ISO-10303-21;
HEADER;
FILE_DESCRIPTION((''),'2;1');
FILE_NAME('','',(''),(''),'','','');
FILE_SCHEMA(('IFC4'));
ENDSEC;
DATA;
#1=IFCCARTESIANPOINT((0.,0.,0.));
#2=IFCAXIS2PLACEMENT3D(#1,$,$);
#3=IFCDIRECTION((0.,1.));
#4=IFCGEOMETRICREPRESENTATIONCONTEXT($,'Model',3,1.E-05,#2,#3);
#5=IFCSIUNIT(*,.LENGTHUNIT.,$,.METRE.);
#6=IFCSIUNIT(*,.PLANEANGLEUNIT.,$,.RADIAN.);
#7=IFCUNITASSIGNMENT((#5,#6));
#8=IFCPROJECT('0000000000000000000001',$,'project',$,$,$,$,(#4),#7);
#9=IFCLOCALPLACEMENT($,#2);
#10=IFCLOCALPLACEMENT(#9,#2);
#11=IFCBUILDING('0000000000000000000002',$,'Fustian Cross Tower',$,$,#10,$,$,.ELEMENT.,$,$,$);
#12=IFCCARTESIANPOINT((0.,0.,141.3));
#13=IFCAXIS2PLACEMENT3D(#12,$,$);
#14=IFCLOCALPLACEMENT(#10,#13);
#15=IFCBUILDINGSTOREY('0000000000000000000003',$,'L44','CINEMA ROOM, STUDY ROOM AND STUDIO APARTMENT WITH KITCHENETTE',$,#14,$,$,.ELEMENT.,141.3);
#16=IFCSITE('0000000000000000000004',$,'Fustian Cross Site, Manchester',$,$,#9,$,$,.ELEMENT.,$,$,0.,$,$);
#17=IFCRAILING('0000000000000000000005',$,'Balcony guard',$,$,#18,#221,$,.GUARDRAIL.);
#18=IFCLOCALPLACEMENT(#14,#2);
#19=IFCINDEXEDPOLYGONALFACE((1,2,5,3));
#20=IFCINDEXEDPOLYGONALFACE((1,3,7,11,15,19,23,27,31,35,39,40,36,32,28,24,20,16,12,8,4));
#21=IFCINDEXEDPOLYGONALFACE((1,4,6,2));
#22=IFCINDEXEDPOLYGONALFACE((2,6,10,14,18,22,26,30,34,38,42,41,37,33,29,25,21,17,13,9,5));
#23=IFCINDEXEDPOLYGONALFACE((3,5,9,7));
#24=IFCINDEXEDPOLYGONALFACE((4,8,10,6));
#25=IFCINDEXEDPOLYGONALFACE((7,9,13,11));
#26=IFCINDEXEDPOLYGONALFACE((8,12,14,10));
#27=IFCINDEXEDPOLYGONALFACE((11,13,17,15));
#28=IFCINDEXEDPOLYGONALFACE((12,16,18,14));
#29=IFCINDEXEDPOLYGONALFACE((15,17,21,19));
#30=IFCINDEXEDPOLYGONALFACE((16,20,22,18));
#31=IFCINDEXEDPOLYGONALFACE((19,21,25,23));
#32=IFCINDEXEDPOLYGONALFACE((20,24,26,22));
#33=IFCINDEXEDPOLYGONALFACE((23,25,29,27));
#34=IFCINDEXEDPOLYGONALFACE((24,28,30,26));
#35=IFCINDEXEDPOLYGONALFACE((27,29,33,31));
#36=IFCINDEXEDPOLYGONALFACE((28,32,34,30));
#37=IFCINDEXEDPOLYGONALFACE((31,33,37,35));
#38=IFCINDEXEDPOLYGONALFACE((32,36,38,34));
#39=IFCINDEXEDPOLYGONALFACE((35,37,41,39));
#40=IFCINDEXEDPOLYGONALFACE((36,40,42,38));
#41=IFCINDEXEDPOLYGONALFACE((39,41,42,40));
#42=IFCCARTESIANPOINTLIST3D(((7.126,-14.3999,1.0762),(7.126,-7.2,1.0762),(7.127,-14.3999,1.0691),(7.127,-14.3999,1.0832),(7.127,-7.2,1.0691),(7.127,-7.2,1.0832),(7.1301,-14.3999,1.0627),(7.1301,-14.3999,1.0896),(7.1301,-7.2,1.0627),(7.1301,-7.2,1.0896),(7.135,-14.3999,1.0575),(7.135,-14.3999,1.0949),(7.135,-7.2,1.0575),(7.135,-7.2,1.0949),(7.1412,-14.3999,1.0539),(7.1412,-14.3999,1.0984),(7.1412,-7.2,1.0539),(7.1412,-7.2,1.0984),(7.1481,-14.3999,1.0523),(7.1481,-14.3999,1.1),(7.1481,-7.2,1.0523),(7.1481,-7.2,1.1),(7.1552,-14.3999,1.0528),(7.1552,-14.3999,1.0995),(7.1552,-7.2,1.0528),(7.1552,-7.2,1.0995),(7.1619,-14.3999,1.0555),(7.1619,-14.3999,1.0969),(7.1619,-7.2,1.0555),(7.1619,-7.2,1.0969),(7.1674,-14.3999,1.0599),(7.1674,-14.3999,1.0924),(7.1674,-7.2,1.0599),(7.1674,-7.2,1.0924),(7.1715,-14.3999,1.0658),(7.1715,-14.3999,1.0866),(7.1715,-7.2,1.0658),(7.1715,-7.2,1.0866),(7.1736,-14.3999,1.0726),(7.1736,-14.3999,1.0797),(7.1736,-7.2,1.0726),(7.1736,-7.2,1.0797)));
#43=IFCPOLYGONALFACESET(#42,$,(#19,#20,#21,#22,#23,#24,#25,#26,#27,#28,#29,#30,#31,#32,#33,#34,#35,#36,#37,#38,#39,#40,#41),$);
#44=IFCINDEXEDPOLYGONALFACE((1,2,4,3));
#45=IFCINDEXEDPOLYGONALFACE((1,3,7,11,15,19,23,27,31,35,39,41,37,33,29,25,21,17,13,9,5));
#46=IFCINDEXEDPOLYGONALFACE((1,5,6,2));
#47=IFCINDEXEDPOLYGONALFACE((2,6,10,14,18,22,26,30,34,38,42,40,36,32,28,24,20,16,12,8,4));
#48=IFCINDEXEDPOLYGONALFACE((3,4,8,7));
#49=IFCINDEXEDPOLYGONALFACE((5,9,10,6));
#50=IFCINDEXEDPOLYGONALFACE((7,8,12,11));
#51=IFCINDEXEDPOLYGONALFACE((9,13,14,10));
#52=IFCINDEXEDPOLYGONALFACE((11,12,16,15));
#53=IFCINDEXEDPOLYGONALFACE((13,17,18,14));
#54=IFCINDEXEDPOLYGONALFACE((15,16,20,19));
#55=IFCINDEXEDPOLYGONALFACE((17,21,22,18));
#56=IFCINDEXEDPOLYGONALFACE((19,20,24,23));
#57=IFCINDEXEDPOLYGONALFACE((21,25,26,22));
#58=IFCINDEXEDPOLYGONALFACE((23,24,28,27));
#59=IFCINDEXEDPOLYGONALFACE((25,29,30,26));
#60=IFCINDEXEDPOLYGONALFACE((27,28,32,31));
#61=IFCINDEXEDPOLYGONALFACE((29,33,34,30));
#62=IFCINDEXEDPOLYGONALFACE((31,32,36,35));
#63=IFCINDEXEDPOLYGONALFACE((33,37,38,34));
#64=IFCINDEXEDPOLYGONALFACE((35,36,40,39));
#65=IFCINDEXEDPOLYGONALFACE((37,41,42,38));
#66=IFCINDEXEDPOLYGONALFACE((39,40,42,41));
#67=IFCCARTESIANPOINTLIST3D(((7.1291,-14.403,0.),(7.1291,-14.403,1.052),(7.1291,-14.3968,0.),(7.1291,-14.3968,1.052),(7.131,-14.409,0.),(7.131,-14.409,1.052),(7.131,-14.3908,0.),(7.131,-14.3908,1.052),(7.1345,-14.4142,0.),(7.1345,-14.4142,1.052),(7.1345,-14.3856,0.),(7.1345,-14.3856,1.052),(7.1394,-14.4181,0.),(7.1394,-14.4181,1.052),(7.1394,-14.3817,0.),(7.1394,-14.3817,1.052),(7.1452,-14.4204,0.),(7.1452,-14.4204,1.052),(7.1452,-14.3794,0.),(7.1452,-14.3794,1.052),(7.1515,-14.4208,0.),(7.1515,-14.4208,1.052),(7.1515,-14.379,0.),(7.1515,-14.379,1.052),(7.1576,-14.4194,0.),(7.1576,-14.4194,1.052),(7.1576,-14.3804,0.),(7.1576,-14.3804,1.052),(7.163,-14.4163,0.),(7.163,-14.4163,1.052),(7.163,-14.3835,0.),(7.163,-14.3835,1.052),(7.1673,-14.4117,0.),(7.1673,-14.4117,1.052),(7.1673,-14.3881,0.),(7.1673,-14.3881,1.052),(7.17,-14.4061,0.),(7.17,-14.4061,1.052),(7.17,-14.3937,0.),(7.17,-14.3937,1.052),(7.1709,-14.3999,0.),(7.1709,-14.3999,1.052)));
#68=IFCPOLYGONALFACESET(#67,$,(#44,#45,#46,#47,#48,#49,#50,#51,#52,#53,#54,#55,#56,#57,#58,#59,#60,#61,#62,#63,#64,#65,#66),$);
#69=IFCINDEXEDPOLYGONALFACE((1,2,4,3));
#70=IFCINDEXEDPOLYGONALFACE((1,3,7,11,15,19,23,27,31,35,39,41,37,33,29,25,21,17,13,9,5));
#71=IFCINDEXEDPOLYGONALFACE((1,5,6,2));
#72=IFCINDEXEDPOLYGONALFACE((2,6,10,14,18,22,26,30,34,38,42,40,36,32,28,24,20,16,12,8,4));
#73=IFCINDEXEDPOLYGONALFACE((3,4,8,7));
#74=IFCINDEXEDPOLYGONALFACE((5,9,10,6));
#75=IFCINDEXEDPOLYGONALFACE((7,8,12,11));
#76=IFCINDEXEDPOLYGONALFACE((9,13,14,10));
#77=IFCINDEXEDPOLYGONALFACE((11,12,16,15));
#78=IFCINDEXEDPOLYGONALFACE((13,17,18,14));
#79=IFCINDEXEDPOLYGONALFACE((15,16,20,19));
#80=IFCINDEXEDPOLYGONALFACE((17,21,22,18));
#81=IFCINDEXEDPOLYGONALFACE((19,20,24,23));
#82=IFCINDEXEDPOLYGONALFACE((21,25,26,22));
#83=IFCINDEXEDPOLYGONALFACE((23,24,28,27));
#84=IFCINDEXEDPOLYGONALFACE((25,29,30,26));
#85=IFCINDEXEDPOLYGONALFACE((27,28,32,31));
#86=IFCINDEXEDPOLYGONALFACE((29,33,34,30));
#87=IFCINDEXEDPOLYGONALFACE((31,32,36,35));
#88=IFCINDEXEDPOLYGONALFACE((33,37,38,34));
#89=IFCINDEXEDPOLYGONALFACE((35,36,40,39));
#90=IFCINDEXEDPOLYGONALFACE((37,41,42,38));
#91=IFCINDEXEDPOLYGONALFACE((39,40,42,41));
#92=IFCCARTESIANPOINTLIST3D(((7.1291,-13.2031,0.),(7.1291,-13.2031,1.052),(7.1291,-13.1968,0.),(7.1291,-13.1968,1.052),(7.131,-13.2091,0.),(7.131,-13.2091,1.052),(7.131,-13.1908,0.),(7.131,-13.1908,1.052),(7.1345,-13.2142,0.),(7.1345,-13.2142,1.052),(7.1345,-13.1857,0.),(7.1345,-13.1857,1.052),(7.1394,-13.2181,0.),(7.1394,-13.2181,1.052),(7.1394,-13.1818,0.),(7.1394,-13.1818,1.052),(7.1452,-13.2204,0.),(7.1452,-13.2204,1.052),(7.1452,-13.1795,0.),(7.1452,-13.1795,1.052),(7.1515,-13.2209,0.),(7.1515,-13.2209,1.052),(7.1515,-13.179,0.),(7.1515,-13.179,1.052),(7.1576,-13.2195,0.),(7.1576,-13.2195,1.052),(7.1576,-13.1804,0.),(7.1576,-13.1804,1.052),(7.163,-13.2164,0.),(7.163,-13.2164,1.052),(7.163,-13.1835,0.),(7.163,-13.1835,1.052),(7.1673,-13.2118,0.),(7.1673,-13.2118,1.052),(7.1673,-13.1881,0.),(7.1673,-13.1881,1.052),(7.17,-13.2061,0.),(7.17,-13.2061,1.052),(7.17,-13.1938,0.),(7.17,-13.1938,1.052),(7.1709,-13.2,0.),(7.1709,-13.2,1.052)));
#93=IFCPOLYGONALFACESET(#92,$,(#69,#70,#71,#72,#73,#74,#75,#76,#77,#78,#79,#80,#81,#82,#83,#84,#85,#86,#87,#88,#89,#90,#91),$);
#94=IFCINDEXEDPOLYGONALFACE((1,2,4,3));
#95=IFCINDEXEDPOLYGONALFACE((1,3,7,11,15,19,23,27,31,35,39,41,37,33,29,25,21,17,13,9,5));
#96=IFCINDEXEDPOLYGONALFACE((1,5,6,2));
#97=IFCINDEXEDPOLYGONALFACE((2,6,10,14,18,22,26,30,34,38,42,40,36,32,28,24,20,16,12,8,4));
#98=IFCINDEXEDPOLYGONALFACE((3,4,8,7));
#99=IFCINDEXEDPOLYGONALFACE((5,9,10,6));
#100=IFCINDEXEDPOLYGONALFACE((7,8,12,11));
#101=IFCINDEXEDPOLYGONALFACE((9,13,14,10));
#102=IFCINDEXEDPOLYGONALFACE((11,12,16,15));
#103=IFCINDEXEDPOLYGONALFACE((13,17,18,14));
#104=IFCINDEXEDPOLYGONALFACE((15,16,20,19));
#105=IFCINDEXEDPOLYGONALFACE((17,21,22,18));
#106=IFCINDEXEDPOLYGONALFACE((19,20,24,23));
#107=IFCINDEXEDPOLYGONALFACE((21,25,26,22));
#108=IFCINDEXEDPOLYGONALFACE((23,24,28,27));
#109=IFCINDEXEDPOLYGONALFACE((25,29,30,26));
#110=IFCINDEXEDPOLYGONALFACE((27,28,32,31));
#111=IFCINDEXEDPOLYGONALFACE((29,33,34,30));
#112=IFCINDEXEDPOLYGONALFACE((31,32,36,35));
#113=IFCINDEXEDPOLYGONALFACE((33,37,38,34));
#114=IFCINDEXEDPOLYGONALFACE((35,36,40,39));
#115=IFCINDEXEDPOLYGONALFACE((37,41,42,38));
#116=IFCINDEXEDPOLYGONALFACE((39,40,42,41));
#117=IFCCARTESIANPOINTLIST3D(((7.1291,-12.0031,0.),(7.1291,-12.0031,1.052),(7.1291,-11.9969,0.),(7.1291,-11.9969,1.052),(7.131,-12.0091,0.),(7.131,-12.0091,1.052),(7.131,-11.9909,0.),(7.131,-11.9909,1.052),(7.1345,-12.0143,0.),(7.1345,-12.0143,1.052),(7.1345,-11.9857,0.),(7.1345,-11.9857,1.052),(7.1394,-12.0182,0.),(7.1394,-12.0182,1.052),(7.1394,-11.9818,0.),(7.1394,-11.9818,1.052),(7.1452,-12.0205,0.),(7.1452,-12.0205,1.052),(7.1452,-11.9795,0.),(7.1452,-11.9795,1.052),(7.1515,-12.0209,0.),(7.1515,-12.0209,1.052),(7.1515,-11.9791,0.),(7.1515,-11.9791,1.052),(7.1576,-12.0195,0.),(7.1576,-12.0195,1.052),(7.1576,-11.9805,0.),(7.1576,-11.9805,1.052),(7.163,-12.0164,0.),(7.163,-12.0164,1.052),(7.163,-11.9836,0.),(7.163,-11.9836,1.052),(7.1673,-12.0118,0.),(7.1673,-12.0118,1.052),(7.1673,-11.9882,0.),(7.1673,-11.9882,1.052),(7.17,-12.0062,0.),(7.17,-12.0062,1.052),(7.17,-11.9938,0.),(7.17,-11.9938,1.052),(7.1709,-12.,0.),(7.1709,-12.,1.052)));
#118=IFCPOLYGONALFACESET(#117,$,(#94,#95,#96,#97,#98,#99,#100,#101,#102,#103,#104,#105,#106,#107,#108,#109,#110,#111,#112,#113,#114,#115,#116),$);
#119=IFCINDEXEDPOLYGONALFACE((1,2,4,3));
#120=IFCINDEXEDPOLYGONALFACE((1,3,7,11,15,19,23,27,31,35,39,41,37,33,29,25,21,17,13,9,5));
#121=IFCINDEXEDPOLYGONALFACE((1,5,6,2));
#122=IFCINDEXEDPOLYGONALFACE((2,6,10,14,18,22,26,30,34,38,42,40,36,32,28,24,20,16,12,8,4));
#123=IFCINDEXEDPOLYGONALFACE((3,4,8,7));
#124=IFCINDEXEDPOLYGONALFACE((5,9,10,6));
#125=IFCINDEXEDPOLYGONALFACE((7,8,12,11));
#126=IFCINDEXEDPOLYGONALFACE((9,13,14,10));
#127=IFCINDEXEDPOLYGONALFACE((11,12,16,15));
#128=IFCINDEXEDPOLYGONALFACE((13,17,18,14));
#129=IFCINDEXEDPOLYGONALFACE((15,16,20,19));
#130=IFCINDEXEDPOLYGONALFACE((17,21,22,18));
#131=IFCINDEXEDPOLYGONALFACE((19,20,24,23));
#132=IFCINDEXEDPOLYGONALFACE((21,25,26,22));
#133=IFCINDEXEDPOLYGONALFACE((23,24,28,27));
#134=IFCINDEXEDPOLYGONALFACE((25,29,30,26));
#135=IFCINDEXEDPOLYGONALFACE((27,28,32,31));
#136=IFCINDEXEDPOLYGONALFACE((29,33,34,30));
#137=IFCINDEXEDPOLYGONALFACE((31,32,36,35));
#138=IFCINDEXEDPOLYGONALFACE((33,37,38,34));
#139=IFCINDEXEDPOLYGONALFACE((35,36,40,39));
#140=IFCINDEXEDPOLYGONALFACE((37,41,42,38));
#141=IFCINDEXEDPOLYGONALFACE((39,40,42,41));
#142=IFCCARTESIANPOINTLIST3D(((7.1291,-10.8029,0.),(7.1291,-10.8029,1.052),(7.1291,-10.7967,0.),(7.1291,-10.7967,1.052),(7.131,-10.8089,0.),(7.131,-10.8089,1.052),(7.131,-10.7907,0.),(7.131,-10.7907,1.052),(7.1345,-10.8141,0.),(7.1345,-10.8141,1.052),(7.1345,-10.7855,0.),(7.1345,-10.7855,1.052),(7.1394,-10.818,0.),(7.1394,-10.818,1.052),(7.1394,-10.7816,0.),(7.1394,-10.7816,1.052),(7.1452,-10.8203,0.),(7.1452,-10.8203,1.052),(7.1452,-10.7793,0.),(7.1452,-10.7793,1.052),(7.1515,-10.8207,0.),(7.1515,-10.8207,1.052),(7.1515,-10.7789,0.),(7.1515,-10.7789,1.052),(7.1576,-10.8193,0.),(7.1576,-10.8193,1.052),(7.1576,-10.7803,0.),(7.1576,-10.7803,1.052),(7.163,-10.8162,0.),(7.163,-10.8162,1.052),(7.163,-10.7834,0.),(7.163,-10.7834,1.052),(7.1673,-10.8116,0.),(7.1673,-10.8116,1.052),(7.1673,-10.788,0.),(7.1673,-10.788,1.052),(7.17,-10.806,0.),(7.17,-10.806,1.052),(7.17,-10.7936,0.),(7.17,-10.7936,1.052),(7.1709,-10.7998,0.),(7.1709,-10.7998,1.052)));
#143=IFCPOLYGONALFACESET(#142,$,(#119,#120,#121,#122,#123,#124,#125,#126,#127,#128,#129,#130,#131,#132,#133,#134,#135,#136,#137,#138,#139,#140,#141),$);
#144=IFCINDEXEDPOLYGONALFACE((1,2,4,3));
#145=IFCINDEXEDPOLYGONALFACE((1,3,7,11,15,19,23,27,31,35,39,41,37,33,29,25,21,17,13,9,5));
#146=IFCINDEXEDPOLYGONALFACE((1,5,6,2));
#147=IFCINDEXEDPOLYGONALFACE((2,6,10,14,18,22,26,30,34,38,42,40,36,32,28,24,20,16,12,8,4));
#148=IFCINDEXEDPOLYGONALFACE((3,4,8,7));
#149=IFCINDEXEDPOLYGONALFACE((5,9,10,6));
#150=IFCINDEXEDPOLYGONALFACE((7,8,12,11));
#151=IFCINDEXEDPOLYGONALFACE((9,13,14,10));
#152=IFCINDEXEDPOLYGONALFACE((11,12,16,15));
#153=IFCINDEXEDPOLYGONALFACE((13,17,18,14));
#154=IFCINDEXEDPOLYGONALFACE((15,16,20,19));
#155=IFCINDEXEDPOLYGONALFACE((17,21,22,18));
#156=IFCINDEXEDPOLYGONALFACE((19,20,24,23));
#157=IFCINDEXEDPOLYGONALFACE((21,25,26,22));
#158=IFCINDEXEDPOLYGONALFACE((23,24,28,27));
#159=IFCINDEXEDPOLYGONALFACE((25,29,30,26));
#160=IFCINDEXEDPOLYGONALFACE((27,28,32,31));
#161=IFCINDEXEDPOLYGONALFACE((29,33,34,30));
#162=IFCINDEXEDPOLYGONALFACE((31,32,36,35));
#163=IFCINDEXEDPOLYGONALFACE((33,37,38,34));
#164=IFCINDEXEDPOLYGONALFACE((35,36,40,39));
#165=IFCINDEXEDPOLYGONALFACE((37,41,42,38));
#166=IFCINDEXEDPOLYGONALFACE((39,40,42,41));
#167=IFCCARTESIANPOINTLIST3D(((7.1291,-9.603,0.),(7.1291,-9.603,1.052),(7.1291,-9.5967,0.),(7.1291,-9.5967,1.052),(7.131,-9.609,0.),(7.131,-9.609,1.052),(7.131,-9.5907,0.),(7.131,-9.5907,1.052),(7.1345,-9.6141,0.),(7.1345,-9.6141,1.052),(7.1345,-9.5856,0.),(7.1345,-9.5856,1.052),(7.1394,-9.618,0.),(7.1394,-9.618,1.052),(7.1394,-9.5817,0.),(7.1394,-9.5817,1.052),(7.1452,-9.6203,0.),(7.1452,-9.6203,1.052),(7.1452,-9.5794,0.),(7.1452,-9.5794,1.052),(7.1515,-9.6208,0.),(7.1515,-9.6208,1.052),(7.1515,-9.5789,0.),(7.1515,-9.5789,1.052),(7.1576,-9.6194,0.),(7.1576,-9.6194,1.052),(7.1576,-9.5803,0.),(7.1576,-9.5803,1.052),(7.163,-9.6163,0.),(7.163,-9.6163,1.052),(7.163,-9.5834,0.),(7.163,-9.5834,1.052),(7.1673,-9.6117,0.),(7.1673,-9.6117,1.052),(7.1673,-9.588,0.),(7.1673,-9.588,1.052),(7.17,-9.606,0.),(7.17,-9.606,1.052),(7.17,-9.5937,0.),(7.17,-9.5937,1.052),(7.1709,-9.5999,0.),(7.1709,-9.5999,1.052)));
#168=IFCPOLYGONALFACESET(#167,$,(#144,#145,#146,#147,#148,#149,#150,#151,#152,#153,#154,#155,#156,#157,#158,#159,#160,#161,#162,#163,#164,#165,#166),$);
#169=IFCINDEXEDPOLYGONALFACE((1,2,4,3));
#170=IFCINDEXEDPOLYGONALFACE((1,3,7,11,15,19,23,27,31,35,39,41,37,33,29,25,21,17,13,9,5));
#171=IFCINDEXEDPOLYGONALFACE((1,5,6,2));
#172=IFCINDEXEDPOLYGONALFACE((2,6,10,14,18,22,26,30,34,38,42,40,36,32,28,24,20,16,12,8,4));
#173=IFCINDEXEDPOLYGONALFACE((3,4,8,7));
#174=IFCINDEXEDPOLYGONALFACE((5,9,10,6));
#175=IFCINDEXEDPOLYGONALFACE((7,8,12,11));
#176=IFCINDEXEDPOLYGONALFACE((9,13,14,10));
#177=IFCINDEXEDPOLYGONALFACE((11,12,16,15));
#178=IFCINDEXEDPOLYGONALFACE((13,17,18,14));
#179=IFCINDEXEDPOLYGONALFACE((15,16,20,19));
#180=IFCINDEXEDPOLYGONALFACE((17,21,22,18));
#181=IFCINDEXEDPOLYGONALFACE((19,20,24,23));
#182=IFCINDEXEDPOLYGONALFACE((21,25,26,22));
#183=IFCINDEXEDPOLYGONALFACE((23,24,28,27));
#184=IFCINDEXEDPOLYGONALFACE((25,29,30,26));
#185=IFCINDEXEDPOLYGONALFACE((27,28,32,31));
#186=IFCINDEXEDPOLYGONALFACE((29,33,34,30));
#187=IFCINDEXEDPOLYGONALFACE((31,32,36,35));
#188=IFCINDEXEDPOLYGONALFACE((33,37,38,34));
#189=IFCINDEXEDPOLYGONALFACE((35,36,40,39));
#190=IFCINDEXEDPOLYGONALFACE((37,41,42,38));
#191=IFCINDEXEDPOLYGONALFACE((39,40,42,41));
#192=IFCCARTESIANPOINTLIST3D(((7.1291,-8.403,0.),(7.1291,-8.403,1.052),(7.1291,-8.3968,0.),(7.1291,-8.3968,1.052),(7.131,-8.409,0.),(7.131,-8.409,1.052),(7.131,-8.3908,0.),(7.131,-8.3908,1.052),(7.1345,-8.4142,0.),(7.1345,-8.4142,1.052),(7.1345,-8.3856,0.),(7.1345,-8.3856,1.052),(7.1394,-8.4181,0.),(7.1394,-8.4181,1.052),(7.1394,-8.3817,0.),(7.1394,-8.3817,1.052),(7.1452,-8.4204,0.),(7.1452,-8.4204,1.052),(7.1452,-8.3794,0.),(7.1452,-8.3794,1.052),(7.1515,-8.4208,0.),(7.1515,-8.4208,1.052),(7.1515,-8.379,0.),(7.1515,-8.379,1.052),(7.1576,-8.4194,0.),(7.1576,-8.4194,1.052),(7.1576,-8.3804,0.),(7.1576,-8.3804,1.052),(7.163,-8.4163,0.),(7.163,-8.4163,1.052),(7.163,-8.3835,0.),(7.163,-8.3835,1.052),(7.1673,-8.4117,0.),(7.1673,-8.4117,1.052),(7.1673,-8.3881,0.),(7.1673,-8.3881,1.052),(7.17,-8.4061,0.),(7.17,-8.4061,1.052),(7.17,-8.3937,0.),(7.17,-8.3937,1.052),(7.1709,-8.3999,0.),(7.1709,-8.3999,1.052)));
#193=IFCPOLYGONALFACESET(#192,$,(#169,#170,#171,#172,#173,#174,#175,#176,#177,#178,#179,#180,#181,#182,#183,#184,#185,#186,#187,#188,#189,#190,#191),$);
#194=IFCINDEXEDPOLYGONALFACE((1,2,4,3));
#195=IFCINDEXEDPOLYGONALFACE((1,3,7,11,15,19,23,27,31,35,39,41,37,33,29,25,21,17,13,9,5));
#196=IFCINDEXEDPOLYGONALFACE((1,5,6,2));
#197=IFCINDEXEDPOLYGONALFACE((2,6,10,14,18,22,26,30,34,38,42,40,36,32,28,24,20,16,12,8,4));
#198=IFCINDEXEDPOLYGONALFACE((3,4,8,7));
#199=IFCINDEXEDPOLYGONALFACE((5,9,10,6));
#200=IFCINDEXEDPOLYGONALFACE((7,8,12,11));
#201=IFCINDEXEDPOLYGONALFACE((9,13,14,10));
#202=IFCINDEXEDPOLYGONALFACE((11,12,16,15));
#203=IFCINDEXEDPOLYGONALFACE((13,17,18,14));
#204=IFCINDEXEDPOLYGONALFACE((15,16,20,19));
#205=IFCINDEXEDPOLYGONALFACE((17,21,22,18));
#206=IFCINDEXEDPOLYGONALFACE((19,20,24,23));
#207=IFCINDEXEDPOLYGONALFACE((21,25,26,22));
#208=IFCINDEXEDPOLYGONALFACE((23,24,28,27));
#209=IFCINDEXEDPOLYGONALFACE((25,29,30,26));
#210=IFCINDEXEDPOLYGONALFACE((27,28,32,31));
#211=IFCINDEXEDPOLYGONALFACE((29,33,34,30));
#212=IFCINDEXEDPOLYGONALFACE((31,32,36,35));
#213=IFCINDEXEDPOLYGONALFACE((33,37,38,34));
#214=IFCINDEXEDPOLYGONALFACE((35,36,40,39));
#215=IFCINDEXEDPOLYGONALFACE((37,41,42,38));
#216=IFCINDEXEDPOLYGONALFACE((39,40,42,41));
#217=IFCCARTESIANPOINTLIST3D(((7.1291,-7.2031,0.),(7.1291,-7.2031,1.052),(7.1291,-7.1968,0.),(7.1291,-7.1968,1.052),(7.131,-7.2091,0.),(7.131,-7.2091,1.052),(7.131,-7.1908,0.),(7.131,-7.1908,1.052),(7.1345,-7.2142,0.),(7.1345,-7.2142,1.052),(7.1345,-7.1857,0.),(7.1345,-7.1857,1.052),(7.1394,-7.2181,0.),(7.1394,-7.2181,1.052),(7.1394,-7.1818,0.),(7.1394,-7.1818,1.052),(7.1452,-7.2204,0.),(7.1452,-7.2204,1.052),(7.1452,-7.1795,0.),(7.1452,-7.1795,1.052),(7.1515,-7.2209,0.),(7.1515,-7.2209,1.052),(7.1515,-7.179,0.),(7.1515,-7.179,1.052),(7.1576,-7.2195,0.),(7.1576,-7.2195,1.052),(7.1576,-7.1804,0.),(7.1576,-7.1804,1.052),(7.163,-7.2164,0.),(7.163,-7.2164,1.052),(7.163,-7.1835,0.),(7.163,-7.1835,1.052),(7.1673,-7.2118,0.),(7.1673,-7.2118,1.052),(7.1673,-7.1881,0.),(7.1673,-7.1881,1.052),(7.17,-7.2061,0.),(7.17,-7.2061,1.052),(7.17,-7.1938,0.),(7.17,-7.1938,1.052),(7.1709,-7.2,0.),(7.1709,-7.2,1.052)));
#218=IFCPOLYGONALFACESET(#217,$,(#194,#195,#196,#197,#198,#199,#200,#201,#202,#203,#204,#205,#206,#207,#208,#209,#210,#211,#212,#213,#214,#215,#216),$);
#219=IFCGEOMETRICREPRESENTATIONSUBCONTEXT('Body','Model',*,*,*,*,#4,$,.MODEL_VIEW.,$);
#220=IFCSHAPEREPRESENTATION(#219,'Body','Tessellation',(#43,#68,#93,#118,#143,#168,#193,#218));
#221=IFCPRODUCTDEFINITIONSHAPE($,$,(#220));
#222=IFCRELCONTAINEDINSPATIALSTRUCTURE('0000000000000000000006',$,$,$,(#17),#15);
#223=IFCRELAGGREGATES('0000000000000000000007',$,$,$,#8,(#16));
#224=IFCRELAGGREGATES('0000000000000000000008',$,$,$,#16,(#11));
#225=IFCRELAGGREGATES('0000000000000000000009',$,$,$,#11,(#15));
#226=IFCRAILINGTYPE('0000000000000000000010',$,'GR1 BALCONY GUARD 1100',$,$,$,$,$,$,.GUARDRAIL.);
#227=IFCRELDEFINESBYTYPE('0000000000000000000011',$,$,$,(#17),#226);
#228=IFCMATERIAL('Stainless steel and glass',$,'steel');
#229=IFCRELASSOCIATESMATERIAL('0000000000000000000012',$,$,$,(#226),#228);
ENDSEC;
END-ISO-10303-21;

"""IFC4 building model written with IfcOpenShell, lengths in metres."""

from ifc_helpers import new_model, si_unit, direction, frame, origin, origin_2d, place, context, subcontext, project, spatial, circle, extrude, material, type_object, element, save


model = new_model("IFC4")

# Units and contexts
model_context = context("Model", 3, precision=1e-05, world=origin(), true_north=direction((0.0, 1.0)))
body_context = subcontext(model_context, "Body", "Model", "MODEL_VIEW")
ifc_project = project(units=[si_unit("LENGTHUNIT", "METRE"), si_unit("PLANEANGLEUNIT", "RADIAN")], contexts=[model_context])

# Site, building, storey
site_placement = place(None, origin())
site = spatial("IfcSite", under=ifc_project, at=site_placement, Name="Fustian Cross Site, Manchester", CompositionType="ELEMENT", RefElevation=0.0)
building_placement = place(site_placement, origin())
building = spatial("IfcBuilding", under=site, at=building_placement, Name="Fustian Cross Tower", CompositionType="ELEMENT")
storey_placement = place(building_placement, frame((0.0, 0.0, 141.3)))
storey = spatial("IfcBuildingStorey", under=building, at=storey_placement, Name="L44", Description="CINEMA ROOM, STUDY ROOM AND STUDIO APARTMENT WITH KITCHENETTE", CompositionType="ELEMENT", Elevation=141.3)

# Railing
ifc_material_1 = material(Name="Stainless steel and glass", Category="steel")
railing_type = type_object("IfcRailingType", Name="GR1 BALCONY GUARD 1100", PredefinedType="GUARDRAIL", material=ifc_material_1)
railing_placement = place(storey_placement, frame((7.1499, -14.3999, 0.0)))
element("IfcRailing", 1, at=railing_placement, inside=storey, type_object=railing_type, Name="Balcony guard", PredefinedType="GUARDRAIL", context=body_context, shape_type="SweptSolid", body=[
    extrude(circle(Radius=0.0239, at=origin_2d()), frame((0.0, 0.0, 1.0762), z_axis=(0.0, 1.0, 0.0), x_axis=(-1.0, 0.0, 0.0)), (0.0, 0.0, 1.0), 7.2),
    extrude(circle(Radius=0.021, at=origin_2d()), origin(), (0.0, 0.0, 1.0), 1.052),
    extrude(circle(Radius=0.021, at=origin_2d()), frame((0.0, 1.2, 0.0)), (0.0, 0.0, 1.0), 1.052),
    extrude(circle(Radius=0.021, at=origin_2d()), frame((0.0, 2.3999, 0.0)), (0.0, 0.0, 1.0), 1.052),
    extrude(circle(Radius=0.021, at=origin_2d()), frame((0.0, 3.6001, 0.0)), (0.0, 0.0, 1.0), 1.052),
    extrude(circle(Radius=0.021, at=origin_2d()), frame((0.0, 4.8, 0.0)), (0.0, 0.0, 1.0), 1.052),
    extrude(circle(Radius=0.021, at=origin_2d()), frame((0.0, 6.0, 0.0)), (0.0, 0.0, 1.0), 1.052),
    extrude(circle(Radius=0.021, at=origin_2d()), frame((0.0, 7.2, 0.0)), (0.0, 0.0, 1.0), 1.052),
])

save(model, "model.ifc")
